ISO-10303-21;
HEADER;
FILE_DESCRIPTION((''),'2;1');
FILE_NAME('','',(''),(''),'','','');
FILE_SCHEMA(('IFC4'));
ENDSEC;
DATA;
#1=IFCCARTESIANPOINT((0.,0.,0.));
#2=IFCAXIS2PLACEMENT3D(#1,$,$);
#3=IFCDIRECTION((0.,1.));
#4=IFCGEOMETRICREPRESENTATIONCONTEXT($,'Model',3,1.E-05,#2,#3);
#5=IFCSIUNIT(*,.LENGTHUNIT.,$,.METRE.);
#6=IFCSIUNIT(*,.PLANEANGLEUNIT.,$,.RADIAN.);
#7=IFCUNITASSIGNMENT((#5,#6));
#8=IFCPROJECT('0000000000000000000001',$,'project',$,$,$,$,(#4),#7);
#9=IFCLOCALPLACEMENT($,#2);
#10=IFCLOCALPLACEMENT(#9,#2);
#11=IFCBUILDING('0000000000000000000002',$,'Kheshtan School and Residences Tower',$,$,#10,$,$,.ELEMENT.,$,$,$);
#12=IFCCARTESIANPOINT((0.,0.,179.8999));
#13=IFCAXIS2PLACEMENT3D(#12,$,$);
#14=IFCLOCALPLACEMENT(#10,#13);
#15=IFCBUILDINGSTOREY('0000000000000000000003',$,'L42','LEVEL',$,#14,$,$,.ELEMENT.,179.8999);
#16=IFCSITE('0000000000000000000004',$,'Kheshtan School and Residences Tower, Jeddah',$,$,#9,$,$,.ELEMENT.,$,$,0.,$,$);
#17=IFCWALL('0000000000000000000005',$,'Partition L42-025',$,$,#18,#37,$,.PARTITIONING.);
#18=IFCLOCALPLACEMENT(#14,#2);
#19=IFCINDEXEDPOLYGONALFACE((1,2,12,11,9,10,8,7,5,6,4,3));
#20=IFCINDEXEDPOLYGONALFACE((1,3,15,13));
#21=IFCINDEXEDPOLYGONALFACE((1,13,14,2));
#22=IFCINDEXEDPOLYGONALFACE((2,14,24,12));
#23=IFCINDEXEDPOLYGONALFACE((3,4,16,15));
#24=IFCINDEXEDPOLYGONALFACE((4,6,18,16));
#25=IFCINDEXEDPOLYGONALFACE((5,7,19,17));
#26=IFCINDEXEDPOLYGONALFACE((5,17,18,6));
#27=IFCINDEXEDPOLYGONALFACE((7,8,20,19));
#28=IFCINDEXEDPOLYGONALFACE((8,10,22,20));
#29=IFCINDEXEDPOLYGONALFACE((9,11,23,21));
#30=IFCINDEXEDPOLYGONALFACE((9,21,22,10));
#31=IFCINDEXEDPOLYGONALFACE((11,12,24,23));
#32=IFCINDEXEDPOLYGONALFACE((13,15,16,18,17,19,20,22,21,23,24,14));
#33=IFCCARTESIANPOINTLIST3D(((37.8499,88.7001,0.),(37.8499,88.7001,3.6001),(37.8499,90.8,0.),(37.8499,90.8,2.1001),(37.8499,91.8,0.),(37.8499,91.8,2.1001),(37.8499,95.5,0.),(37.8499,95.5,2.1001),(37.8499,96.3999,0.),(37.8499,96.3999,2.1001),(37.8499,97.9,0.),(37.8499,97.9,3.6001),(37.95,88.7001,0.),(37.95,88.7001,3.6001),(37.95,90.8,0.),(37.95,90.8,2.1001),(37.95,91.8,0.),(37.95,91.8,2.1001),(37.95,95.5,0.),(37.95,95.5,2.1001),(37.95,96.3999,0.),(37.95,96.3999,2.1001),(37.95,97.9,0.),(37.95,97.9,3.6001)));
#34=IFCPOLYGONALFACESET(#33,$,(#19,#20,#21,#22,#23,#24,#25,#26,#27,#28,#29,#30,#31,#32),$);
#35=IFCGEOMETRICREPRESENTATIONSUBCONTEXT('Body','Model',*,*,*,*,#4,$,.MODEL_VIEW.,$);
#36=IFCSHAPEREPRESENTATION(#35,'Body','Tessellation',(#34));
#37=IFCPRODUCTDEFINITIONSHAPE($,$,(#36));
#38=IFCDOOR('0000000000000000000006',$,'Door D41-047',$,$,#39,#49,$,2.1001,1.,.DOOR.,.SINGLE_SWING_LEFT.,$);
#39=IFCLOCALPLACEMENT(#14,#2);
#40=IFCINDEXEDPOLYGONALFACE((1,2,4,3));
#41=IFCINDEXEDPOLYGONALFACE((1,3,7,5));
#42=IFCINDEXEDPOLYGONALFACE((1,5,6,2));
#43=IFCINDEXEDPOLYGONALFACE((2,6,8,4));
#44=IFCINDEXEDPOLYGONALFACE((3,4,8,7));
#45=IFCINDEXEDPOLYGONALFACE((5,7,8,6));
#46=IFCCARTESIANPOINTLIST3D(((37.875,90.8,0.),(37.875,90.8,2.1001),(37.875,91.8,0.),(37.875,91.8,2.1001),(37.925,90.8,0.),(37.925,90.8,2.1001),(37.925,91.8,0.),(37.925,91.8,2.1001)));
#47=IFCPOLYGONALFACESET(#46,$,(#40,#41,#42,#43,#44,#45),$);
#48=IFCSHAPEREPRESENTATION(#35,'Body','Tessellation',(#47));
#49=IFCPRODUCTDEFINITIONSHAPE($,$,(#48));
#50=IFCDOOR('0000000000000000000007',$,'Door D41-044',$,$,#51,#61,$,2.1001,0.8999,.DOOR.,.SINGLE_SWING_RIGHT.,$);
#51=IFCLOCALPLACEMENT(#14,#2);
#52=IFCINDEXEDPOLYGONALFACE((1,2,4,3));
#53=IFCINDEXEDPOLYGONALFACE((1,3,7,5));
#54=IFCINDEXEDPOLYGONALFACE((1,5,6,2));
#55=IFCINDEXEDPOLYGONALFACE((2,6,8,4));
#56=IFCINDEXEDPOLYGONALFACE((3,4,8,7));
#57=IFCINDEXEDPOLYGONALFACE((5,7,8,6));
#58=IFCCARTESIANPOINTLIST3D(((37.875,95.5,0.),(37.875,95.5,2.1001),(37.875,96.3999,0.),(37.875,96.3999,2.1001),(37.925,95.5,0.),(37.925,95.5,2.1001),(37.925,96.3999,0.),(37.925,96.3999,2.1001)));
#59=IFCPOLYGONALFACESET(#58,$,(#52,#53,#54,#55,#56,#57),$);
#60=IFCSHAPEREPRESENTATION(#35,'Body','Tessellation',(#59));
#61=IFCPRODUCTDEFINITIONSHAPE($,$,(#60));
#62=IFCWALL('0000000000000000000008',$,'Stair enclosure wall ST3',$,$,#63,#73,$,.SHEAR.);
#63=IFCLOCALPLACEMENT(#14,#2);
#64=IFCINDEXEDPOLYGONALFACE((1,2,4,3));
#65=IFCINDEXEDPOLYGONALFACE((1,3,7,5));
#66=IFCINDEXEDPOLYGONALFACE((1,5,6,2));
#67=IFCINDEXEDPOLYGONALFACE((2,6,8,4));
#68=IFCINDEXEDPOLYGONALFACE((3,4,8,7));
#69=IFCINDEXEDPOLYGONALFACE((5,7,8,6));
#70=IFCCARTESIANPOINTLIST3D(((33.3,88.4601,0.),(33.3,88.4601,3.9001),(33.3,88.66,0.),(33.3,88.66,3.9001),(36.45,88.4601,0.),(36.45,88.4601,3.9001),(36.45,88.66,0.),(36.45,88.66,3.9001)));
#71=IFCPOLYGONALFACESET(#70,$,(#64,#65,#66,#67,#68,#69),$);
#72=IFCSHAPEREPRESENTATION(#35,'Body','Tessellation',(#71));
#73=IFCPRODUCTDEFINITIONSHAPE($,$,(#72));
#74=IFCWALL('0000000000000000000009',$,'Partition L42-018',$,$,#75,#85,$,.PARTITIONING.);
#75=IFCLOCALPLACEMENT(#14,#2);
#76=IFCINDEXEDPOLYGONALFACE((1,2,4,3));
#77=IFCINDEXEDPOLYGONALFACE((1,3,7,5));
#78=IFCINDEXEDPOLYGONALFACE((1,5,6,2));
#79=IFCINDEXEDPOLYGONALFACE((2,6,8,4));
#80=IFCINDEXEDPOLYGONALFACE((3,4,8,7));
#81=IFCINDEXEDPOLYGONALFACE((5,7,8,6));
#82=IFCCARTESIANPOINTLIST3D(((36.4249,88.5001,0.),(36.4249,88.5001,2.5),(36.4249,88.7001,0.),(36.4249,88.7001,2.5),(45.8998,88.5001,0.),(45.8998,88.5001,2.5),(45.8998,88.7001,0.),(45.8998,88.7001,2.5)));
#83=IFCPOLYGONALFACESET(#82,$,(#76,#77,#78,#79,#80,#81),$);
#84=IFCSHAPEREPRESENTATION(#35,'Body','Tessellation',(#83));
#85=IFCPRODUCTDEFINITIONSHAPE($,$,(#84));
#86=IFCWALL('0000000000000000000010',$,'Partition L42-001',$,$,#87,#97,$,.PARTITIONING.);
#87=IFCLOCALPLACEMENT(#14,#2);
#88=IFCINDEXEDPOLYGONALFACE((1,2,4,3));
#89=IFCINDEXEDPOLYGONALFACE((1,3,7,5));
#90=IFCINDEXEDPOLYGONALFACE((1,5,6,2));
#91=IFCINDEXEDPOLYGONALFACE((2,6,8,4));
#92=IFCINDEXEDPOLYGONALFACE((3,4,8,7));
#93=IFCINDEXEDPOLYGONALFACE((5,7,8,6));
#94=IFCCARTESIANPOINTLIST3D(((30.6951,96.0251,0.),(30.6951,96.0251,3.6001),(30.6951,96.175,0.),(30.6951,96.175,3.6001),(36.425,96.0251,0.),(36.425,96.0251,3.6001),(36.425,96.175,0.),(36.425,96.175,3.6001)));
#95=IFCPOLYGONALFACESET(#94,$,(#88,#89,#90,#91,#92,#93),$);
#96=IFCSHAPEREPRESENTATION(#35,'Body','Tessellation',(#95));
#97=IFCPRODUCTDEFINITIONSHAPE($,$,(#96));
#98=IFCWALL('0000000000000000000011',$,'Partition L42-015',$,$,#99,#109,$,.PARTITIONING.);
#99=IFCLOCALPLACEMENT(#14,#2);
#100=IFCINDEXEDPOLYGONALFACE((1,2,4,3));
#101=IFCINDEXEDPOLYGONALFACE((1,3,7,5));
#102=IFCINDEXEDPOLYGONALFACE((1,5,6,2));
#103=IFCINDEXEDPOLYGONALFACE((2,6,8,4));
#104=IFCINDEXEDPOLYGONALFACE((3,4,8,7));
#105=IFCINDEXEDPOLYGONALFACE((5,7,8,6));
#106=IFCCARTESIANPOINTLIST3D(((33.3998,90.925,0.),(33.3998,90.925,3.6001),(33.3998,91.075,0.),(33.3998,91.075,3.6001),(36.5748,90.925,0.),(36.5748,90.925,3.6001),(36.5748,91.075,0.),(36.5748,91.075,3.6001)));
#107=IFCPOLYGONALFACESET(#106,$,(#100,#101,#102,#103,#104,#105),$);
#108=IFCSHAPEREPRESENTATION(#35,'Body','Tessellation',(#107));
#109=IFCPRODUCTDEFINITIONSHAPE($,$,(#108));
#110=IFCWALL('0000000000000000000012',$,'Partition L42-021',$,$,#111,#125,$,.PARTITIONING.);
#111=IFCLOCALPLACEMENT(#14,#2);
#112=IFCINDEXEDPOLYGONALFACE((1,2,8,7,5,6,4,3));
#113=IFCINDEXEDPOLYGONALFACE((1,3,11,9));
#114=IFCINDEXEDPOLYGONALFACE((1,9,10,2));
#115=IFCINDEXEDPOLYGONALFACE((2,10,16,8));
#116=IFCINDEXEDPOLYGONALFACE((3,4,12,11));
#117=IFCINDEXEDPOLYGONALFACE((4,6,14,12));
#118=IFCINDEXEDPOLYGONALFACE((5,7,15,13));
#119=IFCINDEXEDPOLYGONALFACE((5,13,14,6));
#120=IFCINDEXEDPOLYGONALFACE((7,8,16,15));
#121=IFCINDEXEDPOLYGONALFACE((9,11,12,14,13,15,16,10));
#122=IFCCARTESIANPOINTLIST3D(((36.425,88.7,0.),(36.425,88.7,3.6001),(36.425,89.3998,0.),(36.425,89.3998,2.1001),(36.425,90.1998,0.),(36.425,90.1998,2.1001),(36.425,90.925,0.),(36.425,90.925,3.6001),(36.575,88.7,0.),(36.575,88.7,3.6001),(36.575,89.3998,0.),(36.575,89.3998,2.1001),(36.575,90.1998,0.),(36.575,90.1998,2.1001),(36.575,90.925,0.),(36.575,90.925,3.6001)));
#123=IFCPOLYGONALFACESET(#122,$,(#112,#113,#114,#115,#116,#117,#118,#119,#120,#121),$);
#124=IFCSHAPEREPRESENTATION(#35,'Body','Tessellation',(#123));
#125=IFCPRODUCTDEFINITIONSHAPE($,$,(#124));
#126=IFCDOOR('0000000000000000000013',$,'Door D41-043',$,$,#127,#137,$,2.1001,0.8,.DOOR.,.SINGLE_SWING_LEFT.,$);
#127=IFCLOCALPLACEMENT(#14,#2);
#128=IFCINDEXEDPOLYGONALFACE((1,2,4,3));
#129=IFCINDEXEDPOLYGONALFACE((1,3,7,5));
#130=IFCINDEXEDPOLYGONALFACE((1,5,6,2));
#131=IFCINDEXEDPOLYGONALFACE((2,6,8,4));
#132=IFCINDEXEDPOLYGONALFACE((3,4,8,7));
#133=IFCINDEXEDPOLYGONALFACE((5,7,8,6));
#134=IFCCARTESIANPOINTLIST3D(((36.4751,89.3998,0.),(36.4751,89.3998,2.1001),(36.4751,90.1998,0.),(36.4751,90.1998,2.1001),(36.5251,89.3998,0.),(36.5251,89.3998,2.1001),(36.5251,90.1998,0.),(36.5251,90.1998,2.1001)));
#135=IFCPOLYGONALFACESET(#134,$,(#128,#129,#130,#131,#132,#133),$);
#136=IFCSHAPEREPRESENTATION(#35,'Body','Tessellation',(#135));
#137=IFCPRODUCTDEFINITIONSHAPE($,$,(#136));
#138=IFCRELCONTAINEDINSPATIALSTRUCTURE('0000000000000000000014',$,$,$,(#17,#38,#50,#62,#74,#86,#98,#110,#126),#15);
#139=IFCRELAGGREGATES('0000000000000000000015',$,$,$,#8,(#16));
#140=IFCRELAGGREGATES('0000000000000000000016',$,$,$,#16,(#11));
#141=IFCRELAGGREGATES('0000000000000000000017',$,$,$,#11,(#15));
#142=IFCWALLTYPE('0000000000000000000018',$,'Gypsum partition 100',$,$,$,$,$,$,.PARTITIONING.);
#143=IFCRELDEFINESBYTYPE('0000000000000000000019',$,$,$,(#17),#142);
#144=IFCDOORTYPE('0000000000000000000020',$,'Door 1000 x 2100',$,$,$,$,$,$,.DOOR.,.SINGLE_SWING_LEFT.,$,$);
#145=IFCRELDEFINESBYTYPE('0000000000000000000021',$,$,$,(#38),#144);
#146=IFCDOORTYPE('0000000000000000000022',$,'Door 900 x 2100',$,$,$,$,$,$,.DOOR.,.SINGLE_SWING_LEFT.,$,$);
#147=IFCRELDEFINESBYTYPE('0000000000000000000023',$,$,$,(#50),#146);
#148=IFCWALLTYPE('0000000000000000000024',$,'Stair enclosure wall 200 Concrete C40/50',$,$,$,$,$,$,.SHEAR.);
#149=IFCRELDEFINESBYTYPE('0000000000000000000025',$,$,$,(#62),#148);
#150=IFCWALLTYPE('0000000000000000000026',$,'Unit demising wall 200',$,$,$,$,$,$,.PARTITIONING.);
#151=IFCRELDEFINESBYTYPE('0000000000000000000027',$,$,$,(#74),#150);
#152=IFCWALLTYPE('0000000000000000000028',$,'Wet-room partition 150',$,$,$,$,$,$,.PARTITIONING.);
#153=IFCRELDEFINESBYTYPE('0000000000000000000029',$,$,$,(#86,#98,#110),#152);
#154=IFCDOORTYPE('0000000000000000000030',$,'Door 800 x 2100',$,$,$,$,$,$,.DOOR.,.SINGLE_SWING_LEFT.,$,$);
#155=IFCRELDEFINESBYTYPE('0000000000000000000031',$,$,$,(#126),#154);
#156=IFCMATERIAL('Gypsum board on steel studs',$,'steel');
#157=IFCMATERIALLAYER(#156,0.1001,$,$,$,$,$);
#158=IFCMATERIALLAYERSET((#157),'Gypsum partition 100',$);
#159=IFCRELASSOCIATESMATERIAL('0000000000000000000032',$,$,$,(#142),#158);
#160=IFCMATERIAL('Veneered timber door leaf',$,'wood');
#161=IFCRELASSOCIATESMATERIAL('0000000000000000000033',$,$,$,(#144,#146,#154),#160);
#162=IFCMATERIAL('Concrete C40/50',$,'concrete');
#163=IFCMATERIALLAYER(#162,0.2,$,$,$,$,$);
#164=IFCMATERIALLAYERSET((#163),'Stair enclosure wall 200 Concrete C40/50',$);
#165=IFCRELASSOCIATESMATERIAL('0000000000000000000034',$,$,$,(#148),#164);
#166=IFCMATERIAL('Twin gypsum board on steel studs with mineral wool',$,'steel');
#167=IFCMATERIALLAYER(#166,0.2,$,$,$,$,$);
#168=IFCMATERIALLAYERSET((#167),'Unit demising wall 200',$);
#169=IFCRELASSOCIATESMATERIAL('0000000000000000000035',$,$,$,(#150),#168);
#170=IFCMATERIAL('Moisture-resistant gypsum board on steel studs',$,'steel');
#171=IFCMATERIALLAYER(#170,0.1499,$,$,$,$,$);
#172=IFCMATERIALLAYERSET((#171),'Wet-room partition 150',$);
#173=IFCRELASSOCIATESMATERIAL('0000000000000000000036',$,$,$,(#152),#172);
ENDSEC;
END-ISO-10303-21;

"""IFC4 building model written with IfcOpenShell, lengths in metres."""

from ifc_helpers import new_model, si_unit, direction, frame, frame_2d, origin, place, context, subcontext, project, spatial, rectangle, extrude, source, transform, mapped, material, layer, layer_set, type_object, element, fill, save


model = new_model("IFC4")

# Units and contexts
model_context = context("Model", 3, precision=1e-05, world=origin(), true_north=direction((0.0, 1.0)))
body_context = subcontext(model_context, "Body", "Model", "MODEL_VIEW")
ifc_project = project(units=[si_unit("LENGTHUNIT", "METRE"), si_unit("PLANEANGLEUNIT", "RADIAN")], contexts=[model_context])

# Site, building, storey
site_placement = place(None, origin())
site = spatial("IfcSite", under=ifc_project, at=site_placement, Name="Kheshtan School and Residences Tower, Jeddah", CompositionType="ELEMENT", RefElevation=0.0)
building_placement = place(site_placement, origin())
building = spatial("IfcBuilding", under=site, at=building_placement, Name="Kheshtan School and Residences Tower", CompositionType="ELEMENT")
storey_placement = place(building_placement, frame((0.0, 0.0, 179.8999)))
storey = spatial("IfcBuildingStorey", under=building, at=storey_placement, Name="L42", Description="LEVEL", CompositionType="ELEMENT", Elevation=179.8999)

# Shared definitions
ifc_material_1 = material(Name="Gypsum board on steel studs", Category="steel")
ifc_layer_1 = layer(ifc_material_1, 0.1001)
ifc_layer_set_1 = layer_set([ifc_layer_1], Name="Gypsum partition 100")
wall_type_1 = type_object("IfcWallType", Name="Gypsum partition 100", PredefinedType="PARTITIONING", material=ifc_layer_set_1)

# Wall, openings, doors
wall_1_placement = place(storey_placement, frame((37.8999, 88.7, 0.0), z_axis=(0.0, 0.0, 1.0), x_axis=(0.0, 1.0, 0.0)))
wall_1 = element("IfcWall", 1, at=wall_1_placement, inside=storey, type_object=wall_type_1, Name="Partition L42-025", PredefinedType="PARTITIONING", context=body_context, shape_type="SweptSolid", body=[
    extrude(rectangle(XDim=9.2, YDim=0.1001, at=frame_2d((4.6001, 0.0))), origin(), (0.0, 0.0, 1.0), 3.6001),
])
opening_1_placement = place(wall_1_placement, frame((6.8, 0.0, 0.0)))
opening_1 = element("IfcOpeningElement", 2, at=opening_1_placement, cuts=wall_1, PredefinedType="OPENING", context=body_context, shape_type="SweptSolid", body=[
    extrude(rectangle(XDim=0.8999, YDim=2.1001, at=frame_2d((0.45, 1.05))), frame((0.0, 0.0601, 0.0), z_axis=(0.0, -1.0, 0.0), x_axis=(1.0, 0.0, 0.0)), (0.0, 0.0, 1.0), 0.1201),
])
opening_2_placement = place(wall_1_placement, frame((2.1001, 0.0, 0.0)))
opening_2 = element("IfcOpeningElement", 3, at=opening_2_placement, cuts=wall_1, PredefinedType="OPENING", context=body_context, shape_type="SweptSolid", body=[
    extrude(rectangle(XDim=1.0, YDim=2.1001, at=frame_2d((0.5, 1.05))), frame((0.0, 0.0601, 0.0), z_axis=(0.0, -1.0, 0.0), x_axis=(1.0, 0.0, 0.0)), (0.0, 0.0, 1.0), 0.1201),
])
ifc_material_2 = material(Name="Veneered timber door leaf", Category="wood")
door_type_1 = type_object("IfcDoorType", Name="Door 1000 x 2100", OperationType="SINGLE_SWING_LEFT", PredefinedType="DOOR", material=ifc_material_2)
shared_shape_1 = source(origin(), body_context, "Body", "SweptSolid", [
    extrude(rectangle(XDim=1.0, YDim=2.1001, at=frame_2d((0.5, 1.05))), frame((0.0, 0.0249, 0.0), z_axis=(0.0, -1.0, 0.0), x_axis=(1.0, 0.0, 0.0)), (0.0, 0.0, 1.0), 0.05),
])
door_1_placement = place(opening_2_placement, origin())
door_1 = element("IfcDoor", 4, at=door_1_placement, inside=storey, type_object=door_type_1, Name="Door D41-047", OperationType="SINGLE_SWING_LEFT", OverallHeight=2.1001, OverallWidth=1.0, PredefinedType="DOOR", context=body_context, shape_type="MappedRepresentation", body=[
    mapped(shared_shape_1, transform((0.0, 0.0, 0.0), x_axis=(1.0, 0.0, 0.0), y_axis=(0.0, 1.0, 0.0), z_axis=(0.0, 0.0, 1.0), scale=1.0)),
])
fill(opening_2, door_1)
door_type_2 = type_object("IfcDoorType", Name="Door 900 x 2100", OperationType="SINGLE_SWING_LEFT", PredefinedType="DOOR", material=ifc_material_2)
shared_shape_2 = source(origin(), body_context, "Body", "SweptSolid", [
    extrude(rectangle(XDim=0.8999, YDim=2.1001, at=frame_2d((0.45, 1.05))), frame((0.0, 0.0249, 0.0), z_axis=(0.0, -1.0, 0.0), x_axis=(1.0, 0.0, 0.0)), (0.0, 0.0, 1.0), 0.05),
])
door_2_placement = place(opening_1_placement, origin())
door_2 = element("IfcDoor", 5, at=door_2_placement, inside=storey, type_object=door_type_2, Name="Door D41-044", OperationType="SINGLE_SWING_RIGHT", OverallHeight=2.1001, OverallWidth=0.8999, PredefinedType="DOOR", context=body_context, shape_type="MappedRepresentation", body=[
    mapped(shared_shape_2, transform((0.0, 0.0, 0.0), x_axis=(1.0, 0.0, 0.0), y_axis=(0.0, 1.0, 0.0), z_axis=(0.0, 0.0, 1.0), scale=1.0)),
])
fill(opening_1, door_2)

# Walls
ifc_material_3 = material(Name="Concrete C40/50", Category="concrete")
ifc_layer_2 = layer(ifc_material_3, 0.2)
ifc_layer_set_2 = layer_set([ifc_layer_2], Name="Stair enclosure wall 200 Concrete C40/50")
wall_type_2 = type_object("IfcWallType", Name="Stair enclosure wall 200 Concrete C40/50", PredefinedType="SHEAR", material=ifc_layer_set_2)
wall_2_placement = place(storey_placement, frame((33.3, 88.5601, 0.0), z_axis=(0.0, 0.0, 1.0), x_axis=(1.0, 0.0, 0.0)))
element("IfcWall", 6, at=wall_2_placement, inside=storey, type_object=wall_type_2, Name="Stair enclosure wall ST3", PredefinedType="SHEAR", context=body_context, shape_type="SweptSolid", body=[
    extrude(rectangle(XDim=3.1499, YDim=0.2, at=frame_2d((1.575, 0.0))), origin(), (0.0, 0.0, 1.0), 3.9001),
])
ifc_material_4 = material(Name="Twin gypsum board on steel studs with mineral wool", Category="steel")
ifc_layer_3 = layer(ifc_material_4, 0.2)
ifc_layer_set_3 = layer_set([ifc_layer_3], Name="Unit demising wall 200")
wall_type_3 = type_object("IfcWallType", Name="Unit demising wall 200", PredefinedType="PARTITIONING", material=ifc_layer_set_3)
wall_3_placement = place(storey_placement, frame((36.425, 88.6001, 0.0), z_axis=(0.0, 0.0, 1.0), x_axis=(1.0, 0.0, 0.0)))
element("IfcWall", 7, at=wall_3_placement, inside=storey, type_object=wall_type_3, Name="Partition L42-018", PredefinedType="PARTITIONING", context=body_context, shape_type="SweptSolid", body=[
    extrude(rectangle(XDim=9.4749, YDim=0.2, at=frame_2d((4.7373, 0.0))), origin(), (0.0, 0.0, 1.0), 2.5),
])
ifc_material_5 = material(Name="Moisture-resistant gypsum board on steel studs", Category="steel")
ifc_layer_4 = layer(ifc_material_5, 0.1499)
ifc_layer_set_4 = layer_set([ifc_layer_4], Name="Wet-room partition 150")
wall_type_4 = type_object("IfcWallType", Name="Wet-room partition 150", PredefinedType="PARTITIONING", material=ifc_layer_set_4)
wall_4_placement = place(storey_placement, frame((30.6951, 96.1001, 0.0), z_axis=(0.0, 0.0, 1.0), x_axis=(1.0, 0.0, 0.0)))
element("IfcWall", 8, at=wall_4_placement, inside=storey, type_object=wall_type_4, Name="Partition L42-001", PredefinedType="PARTITIONING", context=body_context, shape_type="SweptSolid", body=[
    extrude(rectangle(XDim=5.73, YDim=0.1499, at=frame_2d((2.865, 0.0))), origin(), (0.0, 0.0, 1.0), 3.6001),
])
wall_5_placement = place(storey_placement, frame((33.3999, 91.0, 0.0), z_axis=(0.0, 0.0, 1.0), x_axis=(1.0, 0.0, 0.0)))
element("IfcWall", 9, at=wall_5_placement, inside=storey, type_object=wall_type_4, Name="Partition L42-015", PredefinedType="PARTITIONING", context=body_context, shape_type="SweptSolid", body=[
    extrude(rectangle(XDim=3.175, YDim=0.1499, at=frame_2d((1.5874, 0.0))), origin(), (0.0, 0.0, 1.0), 3.6001),
])

# Wall, opening, door
wall_6_placement = place(storey_placement, frame((36.5, 88.7, 0.0), z_axis=(0.0, 0.0, 1.0), x_axis=(0.0, 1.0, 0.0)))
wall_6 = element("IfcWall", 10, at=wall_6_placement, inside=storey, type_object=wall_type_4, Name="Partition L42-021", PredefinedType="PARTITIONING", context=body_context, shape_type="SweptSolid", body=[
    extrude(rectangle(XDim=2.2251, YDim=0.1499, at=frame_2d((1.1125, 0.0))), origin(), (0.0, 0.0, 1.0), 3.6001),
])
opening_3_placement = place(wall_6_placement, frame((0.7, 0.0, 0.0)))
opening_3 = element("IfcOpeningElement", 11, at=opening_3_placement, cuts=wall_6, PredefinedType="OPENING", context=body_context, shape_type="SweptSolid", body=[
    extrude(rectangle(XDim=0.8, YDim=2.1001, at=frame_2d((0.3999, 1.05))), frame((0.0, 0.085, 0.0), z_axis=(0.0, -1.0, 0.0), x_axis=(1.0, 0.0, 0.0)), (0.0, 0.0, 1.0), 0.1699),
])
door_type_3 = type_object("IfcDoorType", Name="Door 800 x 2100", OperationType="SINGLE_SWING_LEFT", PredefinedType="DOOR", material=ifc_material_2)
shared_shape_3 = source(origin(), body_context, "Body", "SweptSolid", [
    extrude(rectangle(XDim=0.8, YDim=2.1001, at=frame_2d((0.3999, 1.05))), frame((0.0, 0.0249, 0.0), z_axis=(0.0, -1.0, 0.0), x_axis=(1.0, 0.0, 0.0)), (0.0, 0.0, 1.0), 0.05),
])
door_3_placement = place(opening_3_placement, origin())
door_3 = element("IfcDoor", 12, at=door_3_placement, inside=storey, type_object=door_type_3, Name="Door D41-043", OperationType="SINGLE_SWING_LEFT", OverallHeight=2.1001, OverallWidth=0.8, PredefinedType="DOOR", context=body_context, shape_type="MappedRepresentation", body=[
    mapped(shared_shape_3, transform((0.0, 0.0, 0.0), x_axis=(1.0, 0.0, 0.0), y_axis=(0.0, 1.0, 0.0), z_axis=(0.0, 0.0, 1.0), scale=1.0)),
])
fill(opening_3, door_3)

save(model, "model.ifc")
